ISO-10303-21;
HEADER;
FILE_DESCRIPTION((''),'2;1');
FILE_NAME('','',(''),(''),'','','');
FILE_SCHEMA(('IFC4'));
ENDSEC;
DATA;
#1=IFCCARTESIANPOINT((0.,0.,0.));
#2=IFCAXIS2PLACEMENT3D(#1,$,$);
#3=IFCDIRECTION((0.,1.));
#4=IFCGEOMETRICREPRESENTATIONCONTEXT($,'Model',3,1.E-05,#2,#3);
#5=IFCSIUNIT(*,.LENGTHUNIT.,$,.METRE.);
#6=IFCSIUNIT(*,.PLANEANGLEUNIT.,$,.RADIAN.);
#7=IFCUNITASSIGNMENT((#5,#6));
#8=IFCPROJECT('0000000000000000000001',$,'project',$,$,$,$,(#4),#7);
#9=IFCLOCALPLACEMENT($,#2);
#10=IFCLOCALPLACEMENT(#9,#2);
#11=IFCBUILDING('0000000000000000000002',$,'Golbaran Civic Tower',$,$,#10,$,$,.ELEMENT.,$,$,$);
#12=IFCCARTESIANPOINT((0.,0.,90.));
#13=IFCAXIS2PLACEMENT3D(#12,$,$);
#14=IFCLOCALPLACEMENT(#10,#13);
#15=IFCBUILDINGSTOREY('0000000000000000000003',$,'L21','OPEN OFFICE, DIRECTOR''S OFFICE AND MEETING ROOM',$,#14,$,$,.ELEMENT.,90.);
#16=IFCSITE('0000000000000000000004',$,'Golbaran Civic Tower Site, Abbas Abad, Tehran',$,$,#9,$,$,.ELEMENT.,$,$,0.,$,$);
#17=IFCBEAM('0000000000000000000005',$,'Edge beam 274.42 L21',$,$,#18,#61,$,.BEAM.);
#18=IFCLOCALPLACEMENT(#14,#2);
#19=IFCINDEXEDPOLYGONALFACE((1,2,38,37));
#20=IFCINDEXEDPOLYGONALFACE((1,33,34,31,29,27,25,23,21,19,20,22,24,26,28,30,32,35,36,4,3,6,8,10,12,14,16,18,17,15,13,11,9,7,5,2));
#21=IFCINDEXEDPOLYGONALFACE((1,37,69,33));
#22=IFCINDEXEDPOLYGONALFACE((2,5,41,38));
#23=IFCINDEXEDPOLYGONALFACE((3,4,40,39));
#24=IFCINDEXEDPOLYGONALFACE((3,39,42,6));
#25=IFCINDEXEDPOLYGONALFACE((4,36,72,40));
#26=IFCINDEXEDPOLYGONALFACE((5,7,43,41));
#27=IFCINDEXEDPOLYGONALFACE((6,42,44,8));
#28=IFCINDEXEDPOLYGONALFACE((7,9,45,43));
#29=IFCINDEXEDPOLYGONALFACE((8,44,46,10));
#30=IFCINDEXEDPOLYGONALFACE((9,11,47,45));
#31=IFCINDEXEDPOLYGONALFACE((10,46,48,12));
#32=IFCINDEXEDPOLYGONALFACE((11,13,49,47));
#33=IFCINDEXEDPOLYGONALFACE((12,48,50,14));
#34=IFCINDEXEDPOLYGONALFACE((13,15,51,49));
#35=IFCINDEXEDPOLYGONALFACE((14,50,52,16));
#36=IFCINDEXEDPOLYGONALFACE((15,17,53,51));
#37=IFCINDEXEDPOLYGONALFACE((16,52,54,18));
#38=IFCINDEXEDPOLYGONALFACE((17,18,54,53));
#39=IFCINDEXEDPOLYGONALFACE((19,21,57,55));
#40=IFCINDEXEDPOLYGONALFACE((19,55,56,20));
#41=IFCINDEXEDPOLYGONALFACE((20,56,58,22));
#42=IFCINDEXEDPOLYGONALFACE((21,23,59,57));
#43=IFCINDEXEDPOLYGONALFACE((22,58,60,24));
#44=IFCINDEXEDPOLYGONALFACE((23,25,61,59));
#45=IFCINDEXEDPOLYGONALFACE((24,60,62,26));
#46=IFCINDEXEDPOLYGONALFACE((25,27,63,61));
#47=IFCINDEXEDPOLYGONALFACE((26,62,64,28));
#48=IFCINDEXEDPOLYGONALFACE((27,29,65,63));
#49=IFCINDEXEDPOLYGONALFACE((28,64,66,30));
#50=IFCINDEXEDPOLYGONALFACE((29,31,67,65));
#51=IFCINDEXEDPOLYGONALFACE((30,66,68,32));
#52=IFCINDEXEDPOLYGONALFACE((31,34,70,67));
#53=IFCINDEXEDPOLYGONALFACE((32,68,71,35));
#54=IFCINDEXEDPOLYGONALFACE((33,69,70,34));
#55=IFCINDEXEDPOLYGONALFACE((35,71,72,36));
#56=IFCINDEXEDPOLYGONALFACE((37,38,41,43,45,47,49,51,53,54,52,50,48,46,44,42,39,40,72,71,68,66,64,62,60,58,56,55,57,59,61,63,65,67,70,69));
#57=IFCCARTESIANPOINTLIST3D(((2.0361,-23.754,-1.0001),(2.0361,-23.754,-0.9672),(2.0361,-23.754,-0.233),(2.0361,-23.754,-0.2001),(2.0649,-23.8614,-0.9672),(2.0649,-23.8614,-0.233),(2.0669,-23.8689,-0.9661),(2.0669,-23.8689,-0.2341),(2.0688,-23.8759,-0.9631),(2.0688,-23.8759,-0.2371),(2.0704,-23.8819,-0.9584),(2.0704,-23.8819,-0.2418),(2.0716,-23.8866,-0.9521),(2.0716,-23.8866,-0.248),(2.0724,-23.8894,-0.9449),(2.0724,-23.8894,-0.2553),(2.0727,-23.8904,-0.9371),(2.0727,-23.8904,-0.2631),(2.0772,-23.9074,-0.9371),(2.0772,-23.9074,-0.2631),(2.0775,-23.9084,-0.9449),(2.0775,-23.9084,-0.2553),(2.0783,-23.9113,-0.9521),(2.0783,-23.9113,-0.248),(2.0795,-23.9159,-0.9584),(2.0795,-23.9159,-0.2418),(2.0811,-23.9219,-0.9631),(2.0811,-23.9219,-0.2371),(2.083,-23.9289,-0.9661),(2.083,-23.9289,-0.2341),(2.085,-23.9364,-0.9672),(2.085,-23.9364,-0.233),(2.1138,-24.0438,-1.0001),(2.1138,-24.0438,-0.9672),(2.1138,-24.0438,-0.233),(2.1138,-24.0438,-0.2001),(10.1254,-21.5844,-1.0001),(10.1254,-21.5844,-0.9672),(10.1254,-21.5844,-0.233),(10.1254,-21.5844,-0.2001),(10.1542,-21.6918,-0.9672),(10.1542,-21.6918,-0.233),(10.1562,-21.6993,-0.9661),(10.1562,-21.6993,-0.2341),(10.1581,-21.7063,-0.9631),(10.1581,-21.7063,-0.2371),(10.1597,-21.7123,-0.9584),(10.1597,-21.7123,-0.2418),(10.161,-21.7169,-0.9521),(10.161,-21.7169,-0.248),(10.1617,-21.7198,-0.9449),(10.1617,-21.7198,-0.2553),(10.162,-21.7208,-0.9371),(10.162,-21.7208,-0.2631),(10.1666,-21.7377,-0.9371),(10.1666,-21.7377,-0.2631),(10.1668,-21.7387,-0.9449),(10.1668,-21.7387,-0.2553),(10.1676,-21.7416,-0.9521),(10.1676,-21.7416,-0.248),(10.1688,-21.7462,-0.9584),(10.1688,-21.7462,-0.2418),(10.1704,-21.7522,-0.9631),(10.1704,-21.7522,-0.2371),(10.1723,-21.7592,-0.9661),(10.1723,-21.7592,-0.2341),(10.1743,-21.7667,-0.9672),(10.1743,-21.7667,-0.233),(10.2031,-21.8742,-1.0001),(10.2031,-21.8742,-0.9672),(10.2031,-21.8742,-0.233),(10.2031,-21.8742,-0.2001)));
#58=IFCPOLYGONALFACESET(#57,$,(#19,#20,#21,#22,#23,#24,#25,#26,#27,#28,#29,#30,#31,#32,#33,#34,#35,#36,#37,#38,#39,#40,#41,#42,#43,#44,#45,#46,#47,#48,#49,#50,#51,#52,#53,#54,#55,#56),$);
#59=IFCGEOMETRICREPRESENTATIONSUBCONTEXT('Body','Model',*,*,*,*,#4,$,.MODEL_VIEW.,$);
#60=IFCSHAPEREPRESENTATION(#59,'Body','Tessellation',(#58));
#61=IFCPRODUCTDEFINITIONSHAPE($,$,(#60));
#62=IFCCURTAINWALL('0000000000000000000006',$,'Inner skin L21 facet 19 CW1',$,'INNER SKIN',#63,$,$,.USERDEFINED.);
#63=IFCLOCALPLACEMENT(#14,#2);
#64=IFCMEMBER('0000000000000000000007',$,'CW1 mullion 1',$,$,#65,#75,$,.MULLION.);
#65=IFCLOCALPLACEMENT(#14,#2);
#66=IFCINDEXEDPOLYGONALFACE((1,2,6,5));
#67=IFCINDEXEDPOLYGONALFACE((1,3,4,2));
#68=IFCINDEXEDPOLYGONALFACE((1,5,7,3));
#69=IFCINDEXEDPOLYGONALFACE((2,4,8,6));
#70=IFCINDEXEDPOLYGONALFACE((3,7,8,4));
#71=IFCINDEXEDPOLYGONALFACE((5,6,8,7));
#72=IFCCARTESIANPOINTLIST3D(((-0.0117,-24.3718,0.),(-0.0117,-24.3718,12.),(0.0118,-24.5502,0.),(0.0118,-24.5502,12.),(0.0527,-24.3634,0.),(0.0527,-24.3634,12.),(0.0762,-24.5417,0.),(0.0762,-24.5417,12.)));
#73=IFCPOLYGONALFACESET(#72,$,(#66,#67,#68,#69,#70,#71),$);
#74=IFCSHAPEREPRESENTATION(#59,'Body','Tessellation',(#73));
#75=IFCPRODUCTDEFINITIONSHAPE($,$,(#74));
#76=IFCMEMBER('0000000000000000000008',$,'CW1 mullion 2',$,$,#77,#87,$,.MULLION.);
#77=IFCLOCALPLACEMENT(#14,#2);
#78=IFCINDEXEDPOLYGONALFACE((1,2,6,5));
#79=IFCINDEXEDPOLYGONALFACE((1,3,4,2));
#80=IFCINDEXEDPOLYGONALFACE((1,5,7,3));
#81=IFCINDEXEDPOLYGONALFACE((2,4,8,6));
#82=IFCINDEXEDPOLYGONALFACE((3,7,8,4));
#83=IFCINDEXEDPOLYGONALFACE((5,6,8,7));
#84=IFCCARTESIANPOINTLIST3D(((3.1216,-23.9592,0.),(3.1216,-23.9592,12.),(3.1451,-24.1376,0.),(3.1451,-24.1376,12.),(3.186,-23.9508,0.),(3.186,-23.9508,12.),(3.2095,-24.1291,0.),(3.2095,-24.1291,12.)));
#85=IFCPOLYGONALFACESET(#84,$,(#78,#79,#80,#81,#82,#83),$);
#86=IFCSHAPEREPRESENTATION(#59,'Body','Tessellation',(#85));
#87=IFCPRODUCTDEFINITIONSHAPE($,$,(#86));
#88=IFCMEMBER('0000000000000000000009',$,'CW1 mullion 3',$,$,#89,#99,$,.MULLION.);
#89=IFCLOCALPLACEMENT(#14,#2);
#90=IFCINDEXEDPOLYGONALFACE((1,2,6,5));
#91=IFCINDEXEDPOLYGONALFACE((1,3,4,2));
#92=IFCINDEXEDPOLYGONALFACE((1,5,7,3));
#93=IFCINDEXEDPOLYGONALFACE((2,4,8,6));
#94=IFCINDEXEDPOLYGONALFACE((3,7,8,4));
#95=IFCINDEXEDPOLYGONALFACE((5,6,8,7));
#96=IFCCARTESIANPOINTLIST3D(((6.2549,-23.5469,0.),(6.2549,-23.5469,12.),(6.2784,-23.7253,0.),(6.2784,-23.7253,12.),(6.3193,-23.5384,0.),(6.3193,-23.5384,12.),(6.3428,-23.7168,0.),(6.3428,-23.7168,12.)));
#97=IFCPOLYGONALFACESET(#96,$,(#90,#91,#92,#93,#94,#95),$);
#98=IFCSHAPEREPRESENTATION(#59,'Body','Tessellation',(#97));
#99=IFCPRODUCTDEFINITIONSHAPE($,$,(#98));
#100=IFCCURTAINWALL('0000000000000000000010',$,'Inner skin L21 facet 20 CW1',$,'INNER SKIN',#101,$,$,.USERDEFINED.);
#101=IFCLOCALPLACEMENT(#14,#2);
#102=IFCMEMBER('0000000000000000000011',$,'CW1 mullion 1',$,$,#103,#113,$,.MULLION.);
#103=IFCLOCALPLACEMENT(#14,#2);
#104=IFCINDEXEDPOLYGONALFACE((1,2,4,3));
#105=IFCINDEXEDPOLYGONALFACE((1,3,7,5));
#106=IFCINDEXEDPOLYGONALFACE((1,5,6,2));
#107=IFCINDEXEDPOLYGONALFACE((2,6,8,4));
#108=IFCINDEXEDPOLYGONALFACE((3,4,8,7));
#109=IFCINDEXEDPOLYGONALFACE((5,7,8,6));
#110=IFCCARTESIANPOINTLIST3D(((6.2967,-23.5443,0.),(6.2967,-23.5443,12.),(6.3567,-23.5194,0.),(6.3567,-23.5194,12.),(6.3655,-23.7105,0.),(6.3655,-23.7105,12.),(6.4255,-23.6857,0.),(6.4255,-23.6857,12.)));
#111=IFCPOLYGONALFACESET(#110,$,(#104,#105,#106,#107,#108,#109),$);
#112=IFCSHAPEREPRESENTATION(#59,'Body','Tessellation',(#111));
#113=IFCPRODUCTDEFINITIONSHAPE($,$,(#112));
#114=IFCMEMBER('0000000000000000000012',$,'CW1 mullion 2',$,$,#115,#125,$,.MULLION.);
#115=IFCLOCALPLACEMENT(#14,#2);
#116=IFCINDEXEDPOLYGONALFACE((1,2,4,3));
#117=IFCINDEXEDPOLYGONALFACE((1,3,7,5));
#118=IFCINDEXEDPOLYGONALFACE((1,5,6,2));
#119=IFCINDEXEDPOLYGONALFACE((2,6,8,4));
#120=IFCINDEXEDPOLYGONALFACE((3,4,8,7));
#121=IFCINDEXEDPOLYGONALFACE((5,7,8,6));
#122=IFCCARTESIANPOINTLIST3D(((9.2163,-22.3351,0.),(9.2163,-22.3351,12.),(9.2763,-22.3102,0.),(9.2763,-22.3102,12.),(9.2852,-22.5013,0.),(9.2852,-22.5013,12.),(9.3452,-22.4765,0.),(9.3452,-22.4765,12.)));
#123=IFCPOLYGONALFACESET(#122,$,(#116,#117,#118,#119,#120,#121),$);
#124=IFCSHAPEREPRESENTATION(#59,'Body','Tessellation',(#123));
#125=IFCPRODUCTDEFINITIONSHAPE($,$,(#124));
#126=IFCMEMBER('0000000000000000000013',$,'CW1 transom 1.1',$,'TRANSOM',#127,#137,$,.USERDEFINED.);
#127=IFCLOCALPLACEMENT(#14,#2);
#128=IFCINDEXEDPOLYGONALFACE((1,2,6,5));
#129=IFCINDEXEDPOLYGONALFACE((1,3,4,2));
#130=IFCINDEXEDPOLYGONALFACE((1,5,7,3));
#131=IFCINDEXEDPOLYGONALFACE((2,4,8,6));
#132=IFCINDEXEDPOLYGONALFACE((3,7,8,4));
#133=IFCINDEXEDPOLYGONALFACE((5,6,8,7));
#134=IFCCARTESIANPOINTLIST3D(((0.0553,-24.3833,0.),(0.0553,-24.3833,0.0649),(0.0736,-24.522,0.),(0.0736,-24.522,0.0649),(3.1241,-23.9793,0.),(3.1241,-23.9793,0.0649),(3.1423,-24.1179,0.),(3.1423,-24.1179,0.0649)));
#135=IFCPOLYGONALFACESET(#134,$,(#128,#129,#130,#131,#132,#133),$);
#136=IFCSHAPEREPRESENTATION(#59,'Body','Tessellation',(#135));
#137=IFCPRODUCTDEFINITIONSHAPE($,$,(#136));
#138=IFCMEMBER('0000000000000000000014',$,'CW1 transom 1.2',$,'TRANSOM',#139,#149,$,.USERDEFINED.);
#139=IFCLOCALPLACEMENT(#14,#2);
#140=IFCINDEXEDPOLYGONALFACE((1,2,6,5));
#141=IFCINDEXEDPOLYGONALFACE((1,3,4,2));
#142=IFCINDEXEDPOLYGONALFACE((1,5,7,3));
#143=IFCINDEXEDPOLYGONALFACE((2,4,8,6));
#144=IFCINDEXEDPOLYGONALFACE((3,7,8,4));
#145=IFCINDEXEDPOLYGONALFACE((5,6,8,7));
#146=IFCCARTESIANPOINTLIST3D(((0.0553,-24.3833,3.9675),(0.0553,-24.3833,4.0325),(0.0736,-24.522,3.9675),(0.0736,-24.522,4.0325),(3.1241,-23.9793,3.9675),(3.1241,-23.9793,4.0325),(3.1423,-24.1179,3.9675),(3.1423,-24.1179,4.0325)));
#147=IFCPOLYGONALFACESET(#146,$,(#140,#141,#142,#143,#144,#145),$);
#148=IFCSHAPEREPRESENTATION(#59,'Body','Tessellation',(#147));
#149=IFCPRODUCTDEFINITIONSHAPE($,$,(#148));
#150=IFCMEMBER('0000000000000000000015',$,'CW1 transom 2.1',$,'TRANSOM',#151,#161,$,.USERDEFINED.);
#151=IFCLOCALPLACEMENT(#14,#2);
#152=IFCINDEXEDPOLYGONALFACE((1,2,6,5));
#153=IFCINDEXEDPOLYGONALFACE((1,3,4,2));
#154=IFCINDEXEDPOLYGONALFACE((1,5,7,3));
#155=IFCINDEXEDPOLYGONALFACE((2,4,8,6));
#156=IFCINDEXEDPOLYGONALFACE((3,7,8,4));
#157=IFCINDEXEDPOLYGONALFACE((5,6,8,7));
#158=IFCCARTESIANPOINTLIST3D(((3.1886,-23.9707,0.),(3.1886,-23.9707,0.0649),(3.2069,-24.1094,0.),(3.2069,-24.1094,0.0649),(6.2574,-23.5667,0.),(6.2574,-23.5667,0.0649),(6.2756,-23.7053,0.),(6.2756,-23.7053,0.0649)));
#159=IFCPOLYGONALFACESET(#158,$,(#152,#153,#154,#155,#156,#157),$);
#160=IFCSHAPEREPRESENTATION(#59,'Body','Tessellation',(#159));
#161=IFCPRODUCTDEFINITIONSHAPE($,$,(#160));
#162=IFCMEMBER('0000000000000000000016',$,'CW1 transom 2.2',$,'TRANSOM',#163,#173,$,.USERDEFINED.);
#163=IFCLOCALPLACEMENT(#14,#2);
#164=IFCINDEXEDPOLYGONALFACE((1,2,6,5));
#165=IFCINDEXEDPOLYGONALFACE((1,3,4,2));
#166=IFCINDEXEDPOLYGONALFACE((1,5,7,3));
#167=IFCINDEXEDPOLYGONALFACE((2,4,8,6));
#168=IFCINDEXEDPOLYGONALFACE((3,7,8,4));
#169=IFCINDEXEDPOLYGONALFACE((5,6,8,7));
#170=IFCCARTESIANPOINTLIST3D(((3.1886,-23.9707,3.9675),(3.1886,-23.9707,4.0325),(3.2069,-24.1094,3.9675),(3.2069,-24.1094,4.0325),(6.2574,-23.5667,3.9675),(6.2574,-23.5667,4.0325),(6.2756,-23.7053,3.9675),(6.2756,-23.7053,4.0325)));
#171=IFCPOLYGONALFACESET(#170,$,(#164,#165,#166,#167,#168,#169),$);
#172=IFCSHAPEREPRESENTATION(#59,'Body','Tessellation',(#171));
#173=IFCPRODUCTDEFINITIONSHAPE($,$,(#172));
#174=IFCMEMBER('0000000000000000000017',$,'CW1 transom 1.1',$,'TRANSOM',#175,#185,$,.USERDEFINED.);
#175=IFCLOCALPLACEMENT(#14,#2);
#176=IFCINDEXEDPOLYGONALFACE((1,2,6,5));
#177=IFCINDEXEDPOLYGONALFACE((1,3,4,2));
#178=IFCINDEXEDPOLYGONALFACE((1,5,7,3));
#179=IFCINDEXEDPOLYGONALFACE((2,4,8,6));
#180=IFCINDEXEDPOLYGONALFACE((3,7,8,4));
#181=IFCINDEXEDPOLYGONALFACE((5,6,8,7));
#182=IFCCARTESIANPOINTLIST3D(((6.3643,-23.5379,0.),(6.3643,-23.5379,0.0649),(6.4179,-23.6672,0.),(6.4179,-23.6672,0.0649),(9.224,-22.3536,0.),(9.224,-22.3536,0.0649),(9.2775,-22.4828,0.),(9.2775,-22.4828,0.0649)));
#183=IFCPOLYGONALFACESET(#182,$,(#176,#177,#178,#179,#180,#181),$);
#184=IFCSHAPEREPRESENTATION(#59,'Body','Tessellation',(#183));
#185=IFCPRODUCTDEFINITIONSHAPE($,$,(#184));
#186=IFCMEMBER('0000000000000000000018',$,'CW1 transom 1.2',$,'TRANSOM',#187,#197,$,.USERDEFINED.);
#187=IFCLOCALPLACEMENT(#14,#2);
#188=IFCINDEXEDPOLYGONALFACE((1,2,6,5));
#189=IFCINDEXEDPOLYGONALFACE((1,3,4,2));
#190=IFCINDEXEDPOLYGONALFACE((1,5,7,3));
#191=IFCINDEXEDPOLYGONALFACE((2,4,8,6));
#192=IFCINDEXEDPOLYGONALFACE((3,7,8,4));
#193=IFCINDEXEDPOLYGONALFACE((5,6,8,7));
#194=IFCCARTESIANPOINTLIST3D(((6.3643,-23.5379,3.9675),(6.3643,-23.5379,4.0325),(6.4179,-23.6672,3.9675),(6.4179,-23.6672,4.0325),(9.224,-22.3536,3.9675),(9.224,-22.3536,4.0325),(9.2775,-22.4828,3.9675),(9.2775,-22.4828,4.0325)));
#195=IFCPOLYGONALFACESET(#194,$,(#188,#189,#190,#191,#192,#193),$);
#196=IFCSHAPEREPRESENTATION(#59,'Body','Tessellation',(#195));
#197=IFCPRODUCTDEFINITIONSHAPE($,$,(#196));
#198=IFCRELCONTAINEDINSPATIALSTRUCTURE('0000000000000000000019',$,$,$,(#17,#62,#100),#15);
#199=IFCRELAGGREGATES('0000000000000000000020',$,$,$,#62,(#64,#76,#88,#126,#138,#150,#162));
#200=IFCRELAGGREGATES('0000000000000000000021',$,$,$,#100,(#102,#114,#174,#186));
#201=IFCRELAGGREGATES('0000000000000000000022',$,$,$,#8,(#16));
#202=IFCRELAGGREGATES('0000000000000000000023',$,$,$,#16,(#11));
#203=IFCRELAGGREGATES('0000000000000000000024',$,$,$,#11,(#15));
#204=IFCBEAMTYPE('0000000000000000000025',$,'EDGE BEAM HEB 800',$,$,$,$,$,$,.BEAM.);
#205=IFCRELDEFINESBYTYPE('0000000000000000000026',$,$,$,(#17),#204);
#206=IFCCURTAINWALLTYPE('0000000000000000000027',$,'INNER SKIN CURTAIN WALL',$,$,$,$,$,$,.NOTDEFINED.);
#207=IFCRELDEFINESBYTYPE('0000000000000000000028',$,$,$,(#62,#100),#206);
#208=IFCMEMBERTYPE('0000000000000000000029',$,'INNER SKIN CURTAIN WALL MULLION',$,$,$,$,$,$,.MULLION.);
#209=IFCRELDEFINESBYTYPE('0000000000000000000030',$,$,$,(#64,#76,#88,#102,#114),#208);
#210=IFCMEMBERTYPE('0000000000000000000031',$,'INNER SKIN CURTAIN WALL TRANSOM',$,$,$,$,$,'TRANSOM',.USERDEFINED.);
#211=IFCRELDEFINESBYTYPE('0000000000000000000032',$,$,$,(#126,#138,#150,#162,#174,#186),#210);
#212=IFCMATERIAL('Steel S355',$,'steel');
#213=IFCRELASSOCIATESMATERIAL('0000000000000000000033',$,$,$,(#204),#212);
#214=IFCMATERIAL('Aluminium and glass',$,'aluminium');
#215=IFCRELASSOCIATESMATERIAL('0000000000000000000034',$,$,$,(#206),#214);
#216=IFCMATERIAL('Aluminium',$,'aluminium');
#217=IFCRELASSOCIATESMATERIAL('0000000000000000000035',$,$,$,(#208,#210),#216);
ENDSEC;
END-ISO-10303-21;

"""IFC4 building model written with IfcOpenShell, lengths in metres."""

from ifc_helpers import new_model, si_unit, direction, frame, origin, origin_2d, place, context, subcontext, project, spatial, rectangle, i_section, extrude, material, material_profile, profile_set, type_object, element, aggregate, save


model = new_model("IFC4")

# Units and contexts
model_context = context("Model", 3, precision=1e-05, world=origin(), true_north=direction((0.0, 1.0)))
body_context = subcontext(model_context, "Body", "Model", "MODEL_VIEW")
ifc_project = project(units=[si_unit("LENGTHUNIT", "METRE"), si_unit("PLANEANGLEUNIT", "RADIAN")], contexts=[model_context])

# Site, building, storey
site_placement = place(None, origin())
site = spatial("IfcSite", under=ifc_project, at=site_placement, Name="Golbaran Civic Tower Site, Abbas Abad, Tehran", CompositionType="ELEMENT", RefElevation=0.0)
building_placement = place(site_placement, origin())
building = spatial("IfcBuilding", under=site, at=building_placement, Name="Golbaran Civic Tower", CompositionType="ELEMENT")
storey_placement = place(building_placement, frame((0.0, 0.0, 90.0)))
storey = spatial("IfcBuildingStorey", under=building, at=storey_placement, Name="L21", Description="OPEN OFFICE, DIRECTOR'S OFFICE AND MEETING ROOM", CompositionType="ELEMENT", Elevation=90.0)

# Beam
ifc_material_1 = material(Name="Steel S355", Category="steel")
ifc_material_profile_1 = material_profile(ifc_material_1, i_section(OverallWidth=0.3, OverallDepth=0.8, WebThickness=0.0176, FlangeThickness=0.033, FilletRadius=0.03, at=origin_2d()), Name="HEB 800")
ifc_profile_set_1 = profile_set([ifc_material_profile_1], Name="Steel S355")
beam_type = type_object("IfcBeamType", Name="EDGE BEAM HEB 800", PredefinedType="BEAM", material=ifc_profile_set_1)
beam_placement = place(storey_placement, frame((2.075, -23.8989, -0.6001), z_axis=(0.965862, 0.259058, 0.0), x_axis=(-0.259058, 0.965862, 0.0)))
element("IfcBeam", 1, at=beam_placement, inside=storey, type_object=beam_type, Name="Edge beam 274.42 L21", PredefinedType="BEAM", context=body_context, shape_type="SweptSolid", body=[
    extrude(i_section(OverallWidth=0.3, OverallDepth=0.8, WebThickness=0.0176, FlangeThickness=0.033, FilletRadius=0.03, at=origin_2d()), origin(), (0.0, 0.0, 1.0), 8.3752),
])

# Curtain walls, members
ifc_material_2 = material(Name="Aluminium and glass", Category="aluminium")
curtain_wall_type = type_object("IfcCurtainWallType", Name="INNER SKIN CURTAIN WALL", PredefinedType="NOTDEFINED", material=ifc_material_2)
curtain_wall_1_placement = place(storey_placement, origin())
curtain_wall_1 = element("IfcCurtainWall", 2, at=curtain_wall_1_placement, inside=storey, type_object=curtain_wall_type, Name="Inner skin L21 facet 19 CW1", ObjectType="INNER SKIN", PredefinedType="USERDEFINED")
ifc_material_3 = material(Name="Aluminium", Category="aluminium")
ifc_material_profile_2 = material_profile(ifc_material_3, rectangle(XDim=0.1799, YDim=0.0649, at=origin_2d()), Name="INNER SKIN CURTAIN WALL MULLION")
ifc_profile_set_2 = profile_set([ifc_material_profile_2], Name="Aluminium")
member_type_1 = type_object("IfcMemberType", Name="INNER SKIN CURTAIN WALL MULLION", PredefinedType="MULLION", material=ifc_profile_set_2)
member_1_placement = place(storey_placement, frame((0.0322, -24.4568, 0.0), z_axis=(0.0, 0.0, 1.0), x_axis=(-0.130526, 0.991445, 0.0)))
member_1 = element("IfcMember", 3, at=member_1_placement, type_object=member_type_1, Name="CW1 mullion 1", PredefinedType="MULLION", context=body_context, shape_type="SweptSolid", body=[
    extrude(rectangle(XDim=0.1799, YDim=0.0649, at=origin_2d()), origin(), (0.0, 0.0, 1.0), 12.0),
])
member_2_placement = place(storey_placement, frame((3.1655, -24.0442, 0.0), z_axis=(0.0, 0.0, 1.0), x_axis=(-0.130526, 0.991445, 0.0)))
member_2 = element("IfcMember", 4, at=member_2_placement, type_object=member_type_1, Name="CW1 mullion 2", PredefinedType="MULLION", context=body_context, shape_type="SweptSolid", body=[
    extrude(rectangle(XDim=0.1799, YDim=0.0649, at=origin_2d()), origin(), (0.0, 0.0, 1.0), 12.0),
])
member_3_placement = place(storey_placement, frame((6.2988, -23.6318, 0.0), z_axis=(0.0, 0.0, 1.0), x_axis=(-0.130526, 0.991445, 0.0)))
member_3 = element("IfcMember", 5, at=member_3_placement, type_object=member_type_1, Name="CW1 mullion 3", PredefinedType="MULLION", context=body_context, shape_type="SweptSolid", body=[
    extrude(rectangle(XDim=0.1799, YDim=0.0649, at=origin_2d()), origin(), (0.0, 0.0, 1.0), 12.0),
])
curtain_wall_2_placement = place(storey_placement, origin())
curtain_wall_2 = element("IfcCurtainWall", 6, at=curtain_wall_2_placement, inside=storey, type_object=curtain_wall_type, Name="Inner skin L21 facet 20 CW1", ObjectType="INNER SKIN", PredefinedType="USERDEFINED")
member_4_placement = place(storey_placement, frame((6.3611, -23.615, 0.0), z_axis=(0.0, 0.0, 1.0), x_axis=(-0.382683, 0.92388, 0.0)))
member_4 = element("IfcMember", 7, at=member_4_placement, type_object=member_type_1, Name="CW1 mullion 1", PredefinedType="MULLION", context=body_context, shape_type="SweptSolid", body=[
    extrude(rectangle(XDim=0.1799, YDim=0.0649, at=origin_2d()), origin(), (0.0, 0.0, 1.0), 12.0),
])
member_5_placement = place(storey_placement, frame((9.2808, -22.4058, 0.0), z_axis=(0.0, 0.0, 1.0), x_axis=(-0.382683, 0.92388, 0.0)))
member_5 = element("IfcMember", 8, at=member_5_placement, type_object=member_type_1, Name="CW1 mullion 2", PredefinedType="MULLION", context=body_context, shape_type="SweptSolid", body=[
    extrude(rectangle(XDim=0.1799, YDim=0.0649, at=origin_2d()), origin(), (0.0, 0.0, 1.0), 12.0),
])

# Members
ifc_material_profile_3 = material_profile(ifc_material_3, rectangle(XDim=0.1399, YDim=0.0649, at=origin_2d()), Name="INNER SKIN CURTAIN WALL TRANSOM")
ifc_profile_set_3 = profile_set([ifc_material_profile_3], Name="Aluminium")
member_type_2 = type_object("IfcMemberType", Name="INNER SKIN CURTAIN WALL TRANSOM", ElementType="TRANSOM", PredefinedType="USERDEFINED", material=ifc_profile_set_3)
member_6_placement = place(storey_placement, frame((0.0645, -24.4526, 0.0325), z_axis=(0.991444, 0.130536, 0.0), x_axis=(-0.130536, 0.991444, 0.0)))
member_6 = element("IfcMember", 9, at=member_6_placement, type_object=member_type_2, Name="CW1 transom 1.1", ObjectType="TRANSOM", PredefinedType="USERDEFINED", context=body_context, shape_type="SweptSolid", body=[
    extrude(rectangle(XDim=0.1399, YDim=0.0649, at=origin_2d()), origin(), (0.0, 0.0, 1.0), 3.0952),
])
member_7_placement = place(storey_placement, frame((0.0645, -24.4526, 4.0), z_axis=(0.991444, 0.130536, 0.0), x_axis=(-0.130536, 0.991444, 0.0)))
member_7 = element("IfcMember", 10, at=member_7_placement, type_object=member_type_2, Name="CW1 transom 1.2", ObjectType="TRANSOM", PredefinedType="USERDEFINED", context=body_context, shape_type="SweptSolid", body=[
    extrude(rectangle(XDim=0.1399, YDim=0.0649, at=origin_2d()), origin(), (0.0, 0.0, 1.0), 3.0952),
])
member_8_placement = place(storey_placement, frame((3.1978, -24.04, 0.0325), z_axis=(0.991444, 0.130536, 0.0), x_axis=(-0.130536, 0.991444, 0.0)))
member_8 = element("IfcMember", 11, at=member_8_placement, type_object=member_type_2, Name="CW1 transom 2.1", ObjectType="TRANSOM", PredefinedType="USERDEFINED", context=body_context, shape_type="SweptSolid", body=[
    extrude(rectangle(XDim=0.1399, YDim=0.0649, at=origin_2d()), origin(), (0.0, 0.0, 1.0), 3.0952),
])
member_9_placement = place(storey_placement, frame((3.1978, -24.04, 4.0), z_axis=(0.991444, 0.130536, 0.0), x_axis=(-0.130536, 0.991444, 0.0)))
member_9 = element("IfcMember", 12, at=member_9_placement, type_object=member_type_2, Name="CW1 transom 2.2", ObjectType="TRANSOM", PredefinedType="USERDEFINED", context=body_context, shape_type="SweptSolid", body=[
    extrude(rectangle(XDim=0.1399, YDim=0.0649, at=origin_2d()), origin(), (0.0, 0.0, 1.0), 3.0952),
])
member_10_placement = place(storey_placement, frame((6.3911, -23.6025, 0.0325), z_axis=(0.923899, 0.382637, 0.0), x_axis=(-0.382637, 0.923899, 0.0)))
member_10 = element("IfcMember", 13, at=member_10_placement, type_object=member_type_2, Name="CW1 transom 1.1", ObjectType="TRANSOM", PredefinedType="USERDEFINED", context=body_context, shape_type="SweptSolid", body=[
    extrude(rectangle(XDim=0.1399, YDim=0.0649, at=origin_2d()), origin(), (0.0, 0.0, 1.0), 3.0952),
])
member_11_placement = place(storey_placement, frame((6.3911, -23.6025, 4.0), z_axis=(0.923899, 0.382637, 0.0), x_axis=(-0.382637, 0.923899, 0.0)))
member_11 = element("IfcMember", 14, at=member_11_placement, type_object=member_type_2, Name="CW1 transom 1.2", ObjectType="TRANSOM", PredefinedType="USERDEFINED", context=body_context, shape_type="SweptSolid", body=[
    extrude(rectangle(XDim=0.1399, YDim=0.0649, at=origin_2d()), origin(), (0.0, 0.0, 1.0), 3.0952),
])

aggregate(curtain_wall_1, [member_1, member_2, member_3, member_6, member_7, member_8, member_9])
aggregate(curtain_wall_2, [member_4, member_5, member_10, member_11])

save(model, "model.ifc")
